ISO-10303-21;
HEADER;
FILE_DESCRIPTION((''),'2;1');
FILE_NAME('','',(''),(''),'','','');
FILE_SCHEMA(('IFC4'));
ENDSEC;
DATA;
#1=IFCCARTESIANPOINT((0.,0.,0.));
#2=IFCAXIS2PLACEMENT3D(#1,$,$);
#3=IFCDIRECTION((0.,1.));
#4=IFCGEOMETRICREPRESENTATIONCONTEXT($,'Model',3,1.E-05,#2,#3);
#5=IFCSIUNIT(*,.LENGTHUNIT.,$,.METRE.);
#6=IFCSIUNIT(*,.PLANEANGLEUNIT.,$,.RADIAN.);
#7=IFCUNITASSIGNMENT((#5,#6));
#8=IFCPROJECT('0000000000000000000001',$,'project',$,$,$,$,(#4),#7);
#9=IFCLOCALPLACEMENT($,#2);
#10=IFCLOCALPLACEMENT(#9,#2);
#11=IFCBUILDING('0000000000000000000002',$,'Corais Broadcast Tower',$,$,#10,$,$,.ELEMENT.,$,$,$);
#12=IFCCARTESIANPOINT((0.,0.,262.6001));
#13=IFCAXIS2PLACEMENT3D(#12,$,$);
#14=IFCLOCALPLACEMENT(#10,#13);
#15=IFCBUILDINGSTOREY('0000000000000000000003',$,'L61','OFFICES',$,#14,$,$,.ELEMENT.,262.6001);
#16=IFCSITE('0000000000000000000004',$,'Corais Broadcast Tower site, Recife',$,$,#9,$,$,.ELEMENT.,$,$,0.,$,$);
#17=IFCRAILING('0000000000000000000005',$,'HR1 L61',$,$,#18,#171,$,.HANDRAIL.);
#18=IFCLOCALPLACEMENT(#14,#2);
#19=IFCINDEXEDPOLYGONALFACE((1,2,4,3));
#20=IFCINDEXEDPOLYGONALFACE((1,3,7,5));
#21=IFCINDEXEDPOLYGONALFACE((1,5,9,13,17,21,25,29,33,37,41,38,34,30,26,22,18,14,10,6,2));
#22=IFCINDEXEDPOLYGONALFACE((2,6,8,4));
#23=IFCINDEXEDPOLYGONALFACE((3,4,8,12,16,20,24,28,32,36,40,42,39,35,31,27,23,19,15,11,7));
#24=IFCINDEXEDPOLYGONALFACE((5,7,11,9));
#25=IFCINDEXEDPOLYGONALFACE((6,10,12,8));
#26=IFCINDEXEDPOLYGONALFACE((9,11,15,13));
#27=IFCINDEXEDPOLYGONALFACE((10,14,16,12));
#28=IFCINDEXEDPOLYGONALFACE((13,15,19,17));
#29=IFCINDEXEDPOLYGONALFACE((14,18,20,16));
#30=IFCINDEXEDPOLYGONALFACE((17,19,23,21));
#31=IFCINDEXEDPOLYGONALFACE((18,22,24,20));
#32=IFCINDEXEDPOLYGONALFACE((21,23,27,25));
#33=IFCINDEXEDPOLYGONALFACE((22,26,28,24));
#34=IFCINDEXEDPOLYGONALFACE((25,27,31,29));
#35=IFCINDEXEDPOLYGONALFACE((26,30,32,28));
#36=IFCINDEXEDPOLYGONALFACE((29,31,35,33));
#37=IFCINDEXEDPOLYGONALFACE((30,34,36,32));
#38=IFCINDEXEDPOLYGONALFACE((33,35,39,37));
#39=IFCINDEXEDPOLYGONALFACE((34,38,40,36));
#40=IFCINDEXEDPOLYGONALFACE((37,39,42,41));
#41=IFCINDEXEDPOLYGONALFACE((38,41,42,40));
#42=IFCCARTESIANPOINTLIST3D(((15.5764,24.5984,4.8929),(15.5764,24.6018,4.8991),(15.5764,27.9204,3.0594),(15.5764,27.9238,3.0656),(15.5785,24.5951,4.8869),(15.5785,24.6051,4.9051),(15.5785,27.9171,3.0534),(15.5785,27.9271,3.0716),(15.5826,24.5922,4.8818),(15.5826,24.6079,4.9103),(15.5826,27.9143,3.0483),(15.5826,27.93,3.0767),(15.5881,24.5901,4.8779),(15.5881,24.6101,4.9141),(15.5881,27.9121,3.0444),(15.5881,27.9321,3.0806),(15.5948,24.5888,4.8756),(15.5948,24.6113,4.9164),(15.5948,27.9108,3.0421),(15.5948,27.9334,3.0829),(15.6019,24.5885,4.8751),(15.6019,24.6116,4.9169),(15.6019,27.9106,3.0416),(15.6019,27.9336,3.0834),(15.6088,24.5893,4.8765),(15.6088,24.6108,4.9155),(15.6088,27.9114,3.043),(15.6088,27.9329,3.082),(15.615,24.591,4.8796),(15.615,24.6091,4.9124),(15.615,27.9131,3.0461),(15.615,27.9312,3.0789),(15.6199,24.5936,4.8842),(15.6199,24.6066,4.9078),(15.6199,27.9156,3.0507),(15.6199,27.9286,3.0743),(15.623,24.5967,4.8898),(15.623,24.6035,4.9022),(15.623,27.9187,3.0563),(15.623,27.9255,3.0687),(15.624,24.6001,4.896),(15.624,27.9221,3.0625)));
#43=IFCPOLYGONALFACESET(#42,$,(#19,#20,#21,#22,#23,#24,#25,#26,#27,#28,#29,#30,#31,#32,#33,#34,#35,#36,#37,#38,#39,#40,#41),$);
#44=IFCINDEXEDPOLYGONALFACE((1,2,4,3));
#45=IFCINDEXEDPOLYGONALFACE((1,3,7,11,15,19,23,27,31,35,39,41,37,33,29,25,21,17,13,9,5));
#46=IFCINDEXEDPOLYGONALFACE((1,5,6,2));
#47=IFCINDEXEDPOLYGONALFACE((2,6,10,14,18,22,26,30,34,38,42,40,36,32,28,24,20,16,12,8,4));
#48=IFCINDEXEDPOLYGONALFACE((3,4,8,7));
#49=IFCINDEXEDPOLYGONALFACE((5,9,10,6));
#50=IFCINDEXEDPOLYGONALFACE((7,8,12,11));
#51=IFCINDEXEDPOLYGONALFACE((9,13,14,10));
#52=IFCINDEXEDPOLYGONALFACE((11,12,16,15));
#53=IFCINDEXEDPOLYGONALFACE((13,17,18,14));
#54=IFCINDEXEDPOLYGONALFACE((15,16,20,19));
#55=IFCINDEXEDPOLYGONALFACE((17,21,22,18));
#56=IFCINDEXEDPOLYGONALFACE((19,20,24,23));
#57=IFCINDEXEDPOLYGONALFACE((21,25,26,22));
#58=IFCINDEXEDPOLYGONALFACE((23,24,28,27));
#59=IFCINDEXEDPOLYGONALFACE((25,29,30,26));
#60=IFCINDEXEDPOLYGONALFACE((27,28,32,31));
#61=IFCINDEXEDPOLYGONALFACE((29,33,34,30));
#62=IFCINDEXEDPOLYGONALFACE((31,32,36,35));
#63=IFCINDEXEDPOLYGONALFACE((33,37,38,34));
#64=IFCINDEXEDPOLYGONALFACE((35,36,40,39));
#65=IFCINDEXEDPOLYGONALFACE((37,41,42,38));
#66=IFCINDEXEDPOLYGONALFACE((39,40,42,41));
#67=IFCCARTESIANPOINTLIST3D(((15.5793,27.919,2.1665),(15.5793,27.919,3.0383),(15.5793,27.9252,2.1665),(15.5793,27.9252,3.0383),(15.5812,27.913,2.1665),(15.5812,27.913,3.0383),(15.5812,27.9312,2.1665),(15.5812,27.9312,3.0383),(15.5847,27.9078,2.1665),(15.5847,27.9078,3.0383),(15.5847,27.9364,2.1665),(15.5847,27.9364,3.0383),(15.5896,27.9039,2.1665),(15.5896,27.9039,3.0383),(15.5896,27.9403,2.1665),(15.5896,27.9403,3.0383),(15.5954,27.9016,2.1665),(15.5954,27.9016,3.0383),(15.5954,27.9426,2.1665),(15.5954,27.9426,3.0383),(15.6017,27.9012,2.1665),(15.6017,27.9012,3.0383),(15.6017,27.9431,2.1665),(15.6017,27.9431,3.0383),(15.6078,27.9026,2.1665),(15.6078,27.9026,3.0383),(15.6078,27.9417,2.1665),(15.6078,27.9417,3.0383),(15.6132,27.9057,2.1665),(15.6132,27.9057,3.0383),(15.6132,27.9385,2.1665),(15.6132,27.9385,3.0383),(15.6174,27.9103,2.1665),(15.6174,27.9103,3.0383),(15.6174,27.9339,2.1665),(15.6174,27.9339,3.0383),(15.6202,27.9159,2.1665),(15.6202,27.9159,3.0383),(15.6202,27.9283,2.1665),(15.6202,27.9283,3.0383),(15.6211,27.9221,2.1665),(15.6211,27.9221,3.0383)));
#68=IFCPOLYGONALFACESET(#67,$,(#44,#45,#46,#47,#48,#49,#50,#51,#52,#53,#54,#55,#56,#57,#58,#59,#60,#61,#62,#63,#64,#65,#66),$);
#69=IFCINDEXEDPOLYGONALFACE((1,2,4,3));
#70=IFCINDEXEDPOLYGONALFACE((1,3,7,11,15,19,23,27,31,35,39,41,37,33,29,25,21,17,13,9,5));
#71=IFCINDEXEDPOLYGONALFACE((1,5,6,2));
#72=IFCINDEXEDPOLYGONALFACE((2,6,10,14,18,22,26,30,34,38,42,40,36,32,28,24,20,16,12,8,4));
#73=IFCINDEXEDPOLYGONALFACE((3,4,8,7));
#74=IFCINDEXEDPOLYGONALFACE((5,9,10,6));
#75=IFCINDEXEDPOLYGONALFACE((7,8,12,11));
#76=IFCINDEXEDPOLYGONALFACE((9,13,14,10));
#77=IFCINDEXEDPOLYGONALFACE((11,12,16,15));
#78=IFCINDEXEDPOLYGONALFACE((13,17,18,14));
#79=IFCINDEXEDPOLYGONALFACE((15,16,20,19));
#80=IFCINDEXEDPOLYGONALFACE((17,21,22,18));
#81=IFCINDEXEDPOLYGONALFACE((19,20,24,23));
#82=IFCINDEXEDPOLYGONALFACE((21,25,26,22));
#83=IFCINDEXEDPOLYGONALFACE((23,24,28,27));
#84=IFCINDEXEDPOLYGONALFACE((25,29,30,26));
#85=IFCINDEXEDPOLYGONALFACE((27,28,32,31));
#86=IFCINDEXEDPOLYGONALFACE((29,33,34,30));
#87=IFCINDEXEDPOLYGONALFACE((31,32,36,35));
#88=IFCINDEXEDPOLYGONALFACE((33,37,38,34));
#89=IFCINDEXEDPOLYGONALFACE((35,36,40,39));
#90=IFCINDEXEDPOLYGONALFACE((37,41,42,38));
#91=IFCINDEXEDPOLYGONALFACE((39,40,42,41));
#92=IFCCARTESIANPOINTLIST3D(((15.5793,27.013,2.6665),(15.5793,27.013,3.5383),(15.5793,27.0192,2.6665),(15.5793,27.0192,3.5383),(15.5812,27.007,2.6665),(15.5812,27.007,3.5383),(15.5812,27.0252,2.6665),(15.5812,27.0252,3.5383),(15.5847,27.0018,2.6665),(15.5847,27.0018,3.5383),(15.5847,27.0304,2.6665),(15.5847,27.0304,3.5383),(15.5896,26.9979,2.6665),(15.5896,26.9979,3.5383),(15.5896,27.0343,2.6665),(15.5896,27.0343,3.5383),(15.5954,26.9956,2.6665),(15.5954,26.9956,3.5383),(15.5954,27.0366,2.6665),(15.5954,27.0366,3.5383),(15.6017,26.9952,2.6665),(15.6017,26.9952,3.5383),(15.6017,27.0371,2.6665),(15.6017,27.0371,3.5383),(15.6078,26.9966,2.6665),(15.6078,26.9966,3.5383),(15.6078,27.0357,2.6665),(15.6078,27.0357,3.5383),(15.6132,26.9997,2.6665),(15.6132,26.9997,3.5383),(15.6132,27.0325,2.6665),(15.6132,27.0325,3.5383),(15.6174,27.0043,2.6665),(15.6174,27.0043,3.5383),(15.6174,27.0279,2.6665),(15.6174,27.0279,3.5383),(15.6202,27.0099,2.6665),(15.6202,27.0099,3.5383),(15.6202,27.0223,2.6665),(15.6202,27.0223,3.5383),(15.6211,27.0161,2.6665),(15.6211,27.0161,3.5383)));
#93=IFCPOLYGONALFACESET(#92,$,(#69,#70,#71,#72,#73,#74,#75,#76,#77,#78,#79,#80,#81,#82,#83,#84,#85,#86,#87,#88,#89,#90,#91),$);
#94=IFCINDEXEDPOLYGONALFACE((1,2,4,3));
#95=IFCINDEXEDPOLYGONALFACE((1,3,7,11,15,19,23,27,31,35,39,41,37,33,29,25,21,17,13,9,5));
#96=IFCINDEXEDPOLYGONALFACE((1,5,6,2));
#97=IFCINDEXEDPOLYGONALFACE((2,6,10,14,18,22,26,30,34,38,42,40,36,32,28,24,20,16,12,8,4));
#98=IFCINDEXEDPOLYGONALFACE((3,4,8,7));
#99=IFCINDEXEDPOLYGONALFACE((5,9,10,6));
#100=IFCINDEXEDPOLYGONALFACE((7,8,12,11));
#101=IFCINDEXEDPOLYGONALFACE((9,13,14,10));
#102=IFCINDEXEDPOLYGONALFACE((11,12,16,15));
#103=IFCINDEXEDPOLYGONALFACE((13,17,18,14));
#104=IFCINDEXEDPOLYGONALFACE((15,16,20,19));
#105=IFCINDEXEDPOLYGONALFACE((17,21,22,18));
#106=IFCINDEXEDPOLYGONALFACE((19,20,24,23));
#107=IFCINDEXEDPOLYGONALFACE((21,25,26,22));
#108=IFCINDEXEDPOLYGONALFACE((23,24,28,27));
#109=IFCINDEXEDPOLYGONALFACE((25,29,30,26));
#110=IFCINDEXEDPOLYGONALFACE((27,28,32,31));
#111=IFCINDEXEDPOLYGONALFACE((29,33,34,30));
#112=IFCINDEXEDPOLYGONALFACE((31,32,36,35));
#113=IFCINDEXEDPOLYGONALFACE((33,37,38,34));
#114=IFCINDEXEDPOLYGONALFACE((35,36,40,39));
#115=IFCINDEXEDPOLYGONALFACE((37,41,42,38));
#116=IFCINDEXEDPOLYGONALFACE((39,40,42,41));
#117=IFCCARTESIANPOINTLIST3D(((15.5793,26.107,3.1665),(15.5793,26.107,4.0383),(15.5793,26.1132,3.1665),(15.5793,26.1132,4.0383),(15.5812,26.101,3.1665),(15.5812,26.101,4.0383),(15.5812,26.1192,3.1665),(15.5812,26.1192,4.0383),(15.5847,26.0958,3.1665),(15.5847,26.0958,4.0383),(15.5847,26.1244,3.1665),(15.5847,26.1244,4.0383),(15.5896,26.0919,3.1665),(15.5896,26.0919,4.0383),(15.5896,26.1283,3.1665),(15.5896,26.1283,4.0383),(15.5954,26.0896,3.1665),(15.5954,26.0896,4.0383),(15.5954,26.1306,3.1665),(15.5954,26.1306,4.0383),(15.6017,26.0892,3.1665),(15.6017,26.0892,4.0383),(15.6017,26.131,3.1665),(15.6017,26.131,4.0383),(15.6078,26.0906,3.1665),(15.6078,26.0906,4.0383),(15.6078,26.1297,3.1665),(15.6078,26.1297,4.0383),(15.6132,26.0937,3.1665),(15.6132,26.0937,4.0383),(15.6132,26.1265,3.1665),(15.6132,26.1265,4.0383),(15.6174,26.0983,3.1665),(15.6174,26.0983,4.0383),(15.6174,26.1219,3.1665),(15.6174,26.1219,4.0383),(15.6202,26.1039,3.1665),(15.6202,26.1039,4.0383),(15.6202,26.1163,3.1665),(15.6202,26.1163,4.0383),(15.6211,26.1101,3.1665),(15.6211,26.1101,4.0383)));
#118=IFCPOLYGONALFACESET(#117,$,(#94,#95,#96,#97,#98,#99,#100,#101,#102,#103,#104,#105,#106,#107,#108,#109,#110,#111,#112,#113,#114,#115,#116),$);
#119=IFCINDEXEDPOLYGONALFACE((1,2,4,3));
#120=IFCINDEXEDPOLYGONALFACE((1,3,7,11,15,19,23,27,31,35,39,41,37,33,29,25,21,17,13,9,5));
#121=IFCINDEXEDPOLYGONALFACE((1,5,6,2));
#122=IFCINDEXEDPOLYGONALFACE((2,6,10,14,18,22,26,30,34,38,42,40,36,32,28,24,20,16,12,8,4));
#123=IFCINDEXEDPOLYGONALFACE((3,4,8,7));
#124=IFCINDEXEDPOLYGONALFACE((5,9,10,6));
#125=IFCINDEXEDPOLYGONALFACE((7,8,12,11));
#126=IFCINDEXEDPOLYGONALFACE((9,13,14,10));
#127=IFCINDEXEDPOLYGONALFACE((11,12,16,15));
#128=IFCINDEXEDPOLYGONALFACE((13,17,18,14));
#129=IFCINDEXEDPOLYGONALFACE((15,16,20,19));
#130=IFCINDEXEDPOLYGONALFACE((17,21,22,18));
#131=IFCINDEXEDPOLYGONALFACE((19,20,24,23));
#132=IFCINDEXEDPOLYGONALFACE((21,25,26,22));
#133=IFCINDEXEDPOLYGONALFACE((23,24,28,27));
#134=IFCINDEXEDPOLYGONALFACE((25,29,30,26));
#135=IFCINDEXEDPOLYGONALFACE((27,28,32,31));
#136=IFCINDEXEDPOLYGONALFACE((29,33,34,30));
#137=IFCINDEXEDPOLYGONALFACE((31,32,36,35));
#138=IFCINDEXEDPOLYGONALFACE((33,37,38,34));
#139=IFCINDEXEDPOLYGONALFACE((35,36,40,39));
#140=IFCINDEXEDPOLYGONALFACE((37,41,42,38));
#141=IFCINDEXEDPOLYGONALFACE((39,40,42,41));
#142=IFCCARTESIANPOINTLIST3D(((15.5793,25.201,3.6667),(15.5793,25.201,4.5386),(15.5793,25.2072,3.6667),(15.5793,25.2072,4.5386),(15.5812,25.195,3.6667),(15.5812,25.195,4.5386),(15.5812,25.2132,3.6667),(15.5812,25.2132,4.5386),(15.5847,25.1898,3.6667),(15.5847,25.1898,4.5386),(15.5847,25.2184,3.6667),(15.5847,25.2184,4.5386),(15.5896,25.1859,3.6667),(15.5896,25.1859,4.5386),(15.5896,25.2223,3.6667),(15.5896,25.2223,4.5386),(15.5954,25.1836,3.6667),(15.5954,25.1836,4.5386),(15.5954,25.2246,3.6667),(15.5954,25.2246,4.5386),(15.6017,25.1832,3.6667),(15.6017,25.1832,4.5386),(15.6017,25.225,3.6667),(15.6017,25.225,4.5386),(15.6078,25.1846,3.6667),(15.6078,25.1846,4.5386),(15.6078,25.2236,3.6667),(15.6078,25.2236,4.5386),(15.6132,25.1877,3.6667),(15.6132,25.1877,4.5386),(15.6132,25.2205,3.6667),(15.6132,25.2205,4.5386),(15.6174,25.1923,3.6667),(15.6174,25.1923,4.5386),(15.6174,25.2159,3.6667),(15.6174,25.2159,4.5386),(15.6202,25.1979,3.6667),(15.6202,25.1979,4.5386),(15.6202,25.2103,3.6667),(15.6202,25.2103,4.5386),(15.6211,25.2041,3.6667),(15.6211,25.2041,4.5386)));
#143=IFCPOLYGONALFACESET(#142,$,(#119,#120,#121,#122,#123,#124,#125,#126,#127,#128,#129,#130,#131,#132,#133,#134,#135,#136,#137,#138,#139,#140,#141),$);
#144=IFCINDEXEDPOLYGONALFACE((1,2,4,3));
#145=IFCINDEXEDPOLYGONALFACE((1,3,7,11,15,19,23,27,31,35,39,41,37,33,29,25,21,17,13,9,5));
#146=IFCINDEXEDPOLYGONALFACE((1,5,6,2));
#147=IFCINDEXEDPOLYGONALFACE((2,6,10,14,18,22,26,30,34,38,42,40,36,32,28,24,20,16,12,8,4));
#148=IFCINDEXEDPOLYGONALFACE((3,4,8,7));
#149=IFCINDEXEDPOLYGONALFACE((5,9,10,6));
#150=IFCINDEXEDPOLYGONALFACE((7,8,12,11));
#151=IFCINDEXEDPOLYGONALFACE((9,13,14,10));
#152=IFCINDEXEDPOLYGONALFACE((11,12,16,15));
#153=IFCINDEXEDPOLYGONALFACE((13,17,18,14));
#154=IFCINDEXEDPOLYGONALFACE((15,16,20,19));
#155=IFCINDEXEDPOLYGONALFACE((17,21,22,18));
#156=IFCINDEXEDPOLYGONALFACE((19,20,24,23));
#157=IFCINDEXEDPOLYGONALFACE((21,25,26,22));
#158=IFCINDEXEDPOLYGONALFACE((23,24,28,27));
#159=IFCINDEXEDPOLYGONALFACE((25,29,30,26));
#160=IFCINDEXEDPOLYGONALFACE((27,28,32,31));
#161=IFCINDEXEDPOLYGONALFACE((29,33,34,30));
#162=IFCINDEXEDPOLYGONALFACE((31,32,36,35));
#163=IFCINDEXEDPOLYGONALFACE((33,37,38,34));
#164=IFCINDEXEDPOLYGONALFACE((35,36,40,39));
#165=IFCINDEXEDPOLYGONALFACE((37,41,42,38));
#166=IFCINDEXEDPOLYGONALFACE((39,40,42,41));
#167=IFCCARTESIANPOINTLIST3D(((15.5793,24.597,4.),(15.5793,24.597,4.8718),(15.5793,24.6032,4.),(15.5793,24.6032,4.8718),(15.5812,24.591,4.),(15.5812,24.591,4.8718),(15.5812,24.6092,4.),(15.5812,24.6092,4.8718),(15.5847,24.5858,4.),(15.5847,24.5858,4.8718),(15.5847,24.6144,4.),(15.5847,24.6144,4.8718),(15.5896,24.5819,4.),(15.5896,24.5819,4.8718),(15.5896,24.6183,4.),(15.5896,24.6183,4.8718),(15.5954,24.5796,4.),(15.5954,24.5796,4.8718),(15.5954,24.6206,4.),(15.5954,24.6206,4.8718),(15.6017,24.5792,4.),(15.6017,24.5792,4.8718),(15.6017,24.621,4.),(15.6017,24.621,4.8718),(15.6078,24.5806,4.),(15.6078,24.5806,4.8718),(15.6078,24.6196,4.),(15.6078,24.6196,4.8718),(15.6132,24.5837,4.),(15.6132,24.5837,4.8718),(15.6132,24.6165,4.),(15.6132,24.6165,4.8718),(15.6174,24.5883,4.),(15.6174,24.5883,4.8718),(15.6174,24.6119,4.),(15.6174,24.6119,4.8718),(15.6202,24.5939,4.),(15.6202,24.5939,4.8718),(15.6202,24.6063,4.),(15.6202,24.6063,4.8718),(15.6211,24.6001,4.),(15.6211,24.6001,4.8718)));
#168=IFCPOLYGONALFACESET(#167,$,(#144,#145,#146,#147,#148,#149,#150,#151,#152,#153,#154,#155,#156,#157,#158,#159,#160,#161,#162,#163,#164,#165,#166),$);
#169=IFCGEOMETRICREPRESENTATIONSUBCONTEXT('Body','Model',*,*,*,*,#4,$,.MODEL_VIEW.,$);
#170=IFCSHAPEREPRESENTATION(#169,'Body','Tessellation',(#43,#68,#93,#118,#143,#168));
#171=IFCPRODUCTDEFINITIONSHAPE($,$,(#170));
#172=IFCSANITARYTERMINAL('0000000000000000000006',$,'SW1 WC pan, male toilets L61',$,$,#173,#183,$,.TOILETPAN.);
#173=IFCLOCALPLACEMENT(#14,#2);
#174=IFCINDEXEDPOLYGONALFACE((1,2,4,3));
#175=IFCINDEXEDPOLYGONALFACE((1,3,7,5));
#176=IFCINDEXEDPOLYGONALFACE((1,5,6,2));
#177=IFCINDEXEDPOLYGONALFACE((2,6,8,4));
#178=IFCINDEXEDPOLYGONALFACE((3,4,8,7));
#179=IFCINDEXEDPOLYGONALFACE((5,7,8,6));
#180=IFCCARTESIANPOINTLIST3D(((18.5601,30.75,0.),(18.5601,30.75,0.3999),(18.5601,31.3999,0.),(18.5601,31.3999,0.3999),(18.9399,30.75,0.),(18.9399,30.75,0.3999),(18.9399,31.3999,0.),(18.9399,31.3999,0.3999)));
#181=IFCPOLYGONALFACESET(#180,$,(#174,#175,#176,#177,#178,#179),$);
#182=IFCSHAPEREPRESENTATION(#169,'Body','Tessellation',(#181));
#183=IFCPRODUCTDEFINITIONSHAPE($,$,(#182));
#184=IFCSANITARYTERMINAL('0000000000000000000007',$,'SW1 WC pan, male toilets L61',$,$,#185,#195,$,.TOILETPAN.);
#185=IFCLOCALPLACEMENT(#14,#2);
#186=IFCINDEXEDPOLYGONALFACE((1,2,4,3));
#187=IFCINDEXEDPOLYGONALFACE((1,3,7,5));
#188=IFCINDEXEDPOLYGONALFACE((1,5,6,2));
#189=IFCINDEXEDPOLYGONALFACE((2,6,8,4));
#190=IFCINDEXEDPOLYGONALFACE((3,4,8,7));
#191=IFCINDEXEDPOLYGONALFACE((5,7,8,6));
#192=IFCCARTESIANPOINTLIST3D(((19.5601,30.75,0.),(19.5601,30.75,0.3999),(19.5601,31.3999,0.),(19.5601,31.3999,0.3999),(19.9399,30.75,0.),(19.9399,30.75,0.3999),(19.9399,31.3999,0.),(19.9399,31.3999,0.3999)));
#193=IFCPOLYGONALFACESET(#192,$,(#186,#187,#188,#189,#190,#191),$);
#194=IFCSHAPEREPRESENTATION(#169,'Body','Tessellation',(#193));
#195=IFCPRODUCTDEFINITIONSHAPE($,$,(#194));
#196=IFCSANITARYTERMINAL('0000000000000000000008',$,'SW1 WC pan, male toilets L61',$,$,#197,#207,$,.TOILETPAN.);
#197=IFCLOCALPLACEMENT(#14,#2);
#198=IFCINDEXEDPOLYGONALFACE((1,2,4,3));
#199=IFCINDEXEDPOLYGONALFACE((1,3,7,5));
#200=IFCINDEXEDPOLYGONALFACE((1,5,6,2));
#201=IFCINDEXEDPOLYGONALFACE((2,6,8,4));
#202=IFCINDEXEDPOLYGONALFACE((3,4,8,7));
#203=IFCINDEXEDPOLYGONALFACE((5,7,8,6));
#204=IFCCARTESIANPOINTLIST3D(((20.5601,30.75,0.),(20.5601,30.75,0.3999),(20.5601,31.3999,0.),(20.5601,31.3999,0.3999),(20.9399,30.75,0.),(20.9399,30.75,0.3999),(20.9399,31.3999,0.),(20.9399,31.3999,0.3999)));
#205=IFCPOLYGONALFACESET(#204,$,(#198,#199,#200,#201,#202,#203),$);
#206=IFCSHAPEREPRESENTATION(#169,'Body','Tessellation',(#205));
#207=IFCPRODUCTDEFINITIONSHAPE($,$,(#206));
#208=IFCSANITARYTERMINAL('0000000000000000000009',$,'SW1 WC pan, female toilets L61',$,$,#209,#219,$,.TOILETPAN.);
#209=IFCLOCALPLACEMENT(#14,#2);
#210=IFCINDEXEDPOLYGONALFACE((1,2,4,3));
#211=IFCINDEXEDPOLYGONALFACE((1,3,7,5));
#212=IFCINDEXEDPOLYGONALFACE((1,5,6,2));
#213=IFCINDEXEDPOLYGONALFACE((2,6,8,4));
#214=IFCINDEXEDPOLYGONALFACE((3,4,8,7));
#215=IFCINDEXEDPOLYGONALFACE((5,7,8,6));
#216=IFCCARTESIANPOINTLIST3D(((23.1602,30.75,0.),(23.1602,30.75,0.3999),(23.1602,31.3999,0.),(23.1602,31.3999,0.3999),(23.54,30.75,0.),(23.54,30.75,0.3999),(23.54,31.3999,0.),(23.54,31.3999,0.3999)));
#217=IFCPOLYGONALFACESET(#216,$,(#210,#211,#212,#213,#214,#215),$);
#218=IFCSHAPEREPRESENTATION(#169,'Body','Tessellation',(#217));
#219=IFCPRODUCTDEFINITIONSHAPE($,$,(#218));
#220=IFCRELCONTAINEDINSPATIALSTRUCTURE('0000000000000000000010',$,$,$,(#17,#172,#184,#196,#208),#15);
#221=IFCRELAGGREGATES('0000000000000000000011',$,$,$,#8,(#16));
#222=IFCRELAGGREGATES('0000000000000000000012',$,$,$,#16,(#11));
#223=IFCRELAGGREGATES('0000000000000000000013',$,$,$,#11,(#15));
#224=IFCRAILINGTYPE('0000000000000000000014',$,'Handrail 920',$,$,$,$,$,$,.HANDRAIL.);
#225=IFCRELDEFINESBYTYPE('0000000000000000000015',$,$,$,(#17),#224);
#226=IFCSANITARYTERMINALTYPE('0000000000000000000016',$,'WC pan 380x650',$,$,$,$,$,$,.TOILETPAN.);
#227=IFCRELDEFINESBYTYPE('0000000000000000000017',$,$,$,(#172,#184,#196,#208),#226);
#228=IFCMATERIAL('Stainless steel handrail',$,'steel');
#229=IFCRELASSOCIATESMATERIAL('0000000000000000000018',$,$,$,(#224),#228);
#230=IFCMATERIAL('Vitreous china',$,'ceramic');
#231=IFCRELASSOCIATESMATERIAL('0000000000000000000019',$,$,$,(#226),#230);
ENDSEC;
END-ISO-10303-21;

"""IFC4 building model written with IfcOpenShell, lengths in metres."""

from ifc_helpers import new_model, si_unit, direction, frame, origin, origin_2d, place, context, subcontext, project, spatial, rectangle, circle, extrude, material, type_object, element, save


model = new_model("IFC4")

# Units and contexts
model_context = context("Model", 3, precision=1e-05, world=origin(), true_north=direction((0.0, 1.0)))
body_context = subcontext(model_context, "Body", "Model", "MODEL_VIEW")
ifc_project = project(units=[si_unit("LENGTHUNIT", "METRE"), si_unit("PLANEANGLEUNIT", "RADIAN")], contexts=[model_context])

# Site, building, storey
site_placement = place(None, origin())
site = spatial("IfcSite", under=ifc_project, at=site_placement, Name="Corais Broadcast Tower site, Recife", CompositionType="ELEMENT", RefElevation=0.0)
building_placement = place(site_placement, origin())
building = spatial("IfcBuilding", under=site, at=building_placement, Name="Corais Broadcast Tower", CompositionType="ELEMENT")
storey_placement = place(building_placement, frame((0.0, 0.0, 262.6001)))
storey = spatial("IfcBuildingStorey", under=building, at=storey_placement, Name="L61", Description="OFFICES", CompositionType="ELEMENT", Elevation=262.6001)

# Railing
ifc_material_1 = material(Name="Stainless steel handrail", Category="steel")
railing_type = type_object("IfcRailingType", Name="Handrail 920", PredefinedType="HANDRAIL", material=ifc_material_1)
for number, where, name in (
    (1, (15.6001, 27.9221, 2.1665), "HR1 L61"),
):
    element("IfcRailing", number, at=place(storey_placement, frame(where)), inside=storey, type_object=railing_type, Name=name, PredefinedType="HANDRAIL", context=body_context, shape_type="SweptSolid", body=[
        extrude(circle(Radius=0.0239, at=origin_2d()), frame((0.0, 0.0, 0.896), z_axis=(0.0, -0.875504, 0.48321), x_axis=(1.0, 0.0, 0.0)), (0.0, 0.0, 1.0), 3.7944),
        extrude(circle(Radius=0.021, at=origin_2d()), origin(), (0.0, 0.0, 1.0), 0.8718),
        extrude(circle(Radius=0.021, at=origin_2d()), frame((0.0, -0.906, 0.5)), (0.0, 0.0, 1.0), 0.8718),
        extrude(circle(Radius=0.021, at=origin_2d()), frame((0.0, -1.812, 1.0)), (0.0, 0.0, 1.0), 0.8718),
        extrude(circle(Radius=0.021, at=origin_2d()), frame((0.0, -2.718, 1.5002)), (0.0, 0.0, 1.0), 0.8718),
        extrude(circle(Radius=0.021, at=origin_2d()), frame((0.0, -3.322, 1.8335)), (0.0, 0.0, 1.0), 0.8718),
    ])

# Sanitary terminals
ifc_material_2 = material(Name="Vitreous china", Category="ceramic")
sanitary_terminal_type_1 = type_object("IfcSanitaryTerminalType", Name="WC pan 380x650", PredefinedType="TOILETPAN", material=ifc_material_2)
for number, where, z_axis, x_axis, name in (
    (2, (18.75, 31.075, 0.0), (0.0, 0.0, 1.0), (1.0, 0.0, 0.0), "SW1 WC pan, male toilets L61"),
    (3, (19.75, 31.075, 0.0), (0.0, 0.0, 1.0), (1.0, 0.0, 0.0), "SW1 WC pan, male toilets L61"),
    (4, (20.75, 31.075, 0.0), (0.0, 0.0, 1.0), (1.0, 0.0, 0.0), "SW1 WC pan, male toilets L61"),
    (5, (23.3501, 31.075, 0.0), (0.0, 0.0, 1.0), (1.0, 0.0, 0.0), "SW1 WC pan, female toilets L61"),
):
    element("IfcSanitaryTerminal", number, at=place(storey_placement, frame(where, z_axis=z_axis, x_axis=x_axis)), inside=storey, type_object=sanitary_terminal_type_1, Name=name, PredefinedType="TOILETPAN", context=body_context, shape_type="SweptSolid", body=[
        extrude(rectangle(XDim=0.3799, YDim=0.6499, at=origin_2d()), origin(), (0.0, 0.0, 1.0), 0.3999),
    ])

save(model, "model.ifc")
